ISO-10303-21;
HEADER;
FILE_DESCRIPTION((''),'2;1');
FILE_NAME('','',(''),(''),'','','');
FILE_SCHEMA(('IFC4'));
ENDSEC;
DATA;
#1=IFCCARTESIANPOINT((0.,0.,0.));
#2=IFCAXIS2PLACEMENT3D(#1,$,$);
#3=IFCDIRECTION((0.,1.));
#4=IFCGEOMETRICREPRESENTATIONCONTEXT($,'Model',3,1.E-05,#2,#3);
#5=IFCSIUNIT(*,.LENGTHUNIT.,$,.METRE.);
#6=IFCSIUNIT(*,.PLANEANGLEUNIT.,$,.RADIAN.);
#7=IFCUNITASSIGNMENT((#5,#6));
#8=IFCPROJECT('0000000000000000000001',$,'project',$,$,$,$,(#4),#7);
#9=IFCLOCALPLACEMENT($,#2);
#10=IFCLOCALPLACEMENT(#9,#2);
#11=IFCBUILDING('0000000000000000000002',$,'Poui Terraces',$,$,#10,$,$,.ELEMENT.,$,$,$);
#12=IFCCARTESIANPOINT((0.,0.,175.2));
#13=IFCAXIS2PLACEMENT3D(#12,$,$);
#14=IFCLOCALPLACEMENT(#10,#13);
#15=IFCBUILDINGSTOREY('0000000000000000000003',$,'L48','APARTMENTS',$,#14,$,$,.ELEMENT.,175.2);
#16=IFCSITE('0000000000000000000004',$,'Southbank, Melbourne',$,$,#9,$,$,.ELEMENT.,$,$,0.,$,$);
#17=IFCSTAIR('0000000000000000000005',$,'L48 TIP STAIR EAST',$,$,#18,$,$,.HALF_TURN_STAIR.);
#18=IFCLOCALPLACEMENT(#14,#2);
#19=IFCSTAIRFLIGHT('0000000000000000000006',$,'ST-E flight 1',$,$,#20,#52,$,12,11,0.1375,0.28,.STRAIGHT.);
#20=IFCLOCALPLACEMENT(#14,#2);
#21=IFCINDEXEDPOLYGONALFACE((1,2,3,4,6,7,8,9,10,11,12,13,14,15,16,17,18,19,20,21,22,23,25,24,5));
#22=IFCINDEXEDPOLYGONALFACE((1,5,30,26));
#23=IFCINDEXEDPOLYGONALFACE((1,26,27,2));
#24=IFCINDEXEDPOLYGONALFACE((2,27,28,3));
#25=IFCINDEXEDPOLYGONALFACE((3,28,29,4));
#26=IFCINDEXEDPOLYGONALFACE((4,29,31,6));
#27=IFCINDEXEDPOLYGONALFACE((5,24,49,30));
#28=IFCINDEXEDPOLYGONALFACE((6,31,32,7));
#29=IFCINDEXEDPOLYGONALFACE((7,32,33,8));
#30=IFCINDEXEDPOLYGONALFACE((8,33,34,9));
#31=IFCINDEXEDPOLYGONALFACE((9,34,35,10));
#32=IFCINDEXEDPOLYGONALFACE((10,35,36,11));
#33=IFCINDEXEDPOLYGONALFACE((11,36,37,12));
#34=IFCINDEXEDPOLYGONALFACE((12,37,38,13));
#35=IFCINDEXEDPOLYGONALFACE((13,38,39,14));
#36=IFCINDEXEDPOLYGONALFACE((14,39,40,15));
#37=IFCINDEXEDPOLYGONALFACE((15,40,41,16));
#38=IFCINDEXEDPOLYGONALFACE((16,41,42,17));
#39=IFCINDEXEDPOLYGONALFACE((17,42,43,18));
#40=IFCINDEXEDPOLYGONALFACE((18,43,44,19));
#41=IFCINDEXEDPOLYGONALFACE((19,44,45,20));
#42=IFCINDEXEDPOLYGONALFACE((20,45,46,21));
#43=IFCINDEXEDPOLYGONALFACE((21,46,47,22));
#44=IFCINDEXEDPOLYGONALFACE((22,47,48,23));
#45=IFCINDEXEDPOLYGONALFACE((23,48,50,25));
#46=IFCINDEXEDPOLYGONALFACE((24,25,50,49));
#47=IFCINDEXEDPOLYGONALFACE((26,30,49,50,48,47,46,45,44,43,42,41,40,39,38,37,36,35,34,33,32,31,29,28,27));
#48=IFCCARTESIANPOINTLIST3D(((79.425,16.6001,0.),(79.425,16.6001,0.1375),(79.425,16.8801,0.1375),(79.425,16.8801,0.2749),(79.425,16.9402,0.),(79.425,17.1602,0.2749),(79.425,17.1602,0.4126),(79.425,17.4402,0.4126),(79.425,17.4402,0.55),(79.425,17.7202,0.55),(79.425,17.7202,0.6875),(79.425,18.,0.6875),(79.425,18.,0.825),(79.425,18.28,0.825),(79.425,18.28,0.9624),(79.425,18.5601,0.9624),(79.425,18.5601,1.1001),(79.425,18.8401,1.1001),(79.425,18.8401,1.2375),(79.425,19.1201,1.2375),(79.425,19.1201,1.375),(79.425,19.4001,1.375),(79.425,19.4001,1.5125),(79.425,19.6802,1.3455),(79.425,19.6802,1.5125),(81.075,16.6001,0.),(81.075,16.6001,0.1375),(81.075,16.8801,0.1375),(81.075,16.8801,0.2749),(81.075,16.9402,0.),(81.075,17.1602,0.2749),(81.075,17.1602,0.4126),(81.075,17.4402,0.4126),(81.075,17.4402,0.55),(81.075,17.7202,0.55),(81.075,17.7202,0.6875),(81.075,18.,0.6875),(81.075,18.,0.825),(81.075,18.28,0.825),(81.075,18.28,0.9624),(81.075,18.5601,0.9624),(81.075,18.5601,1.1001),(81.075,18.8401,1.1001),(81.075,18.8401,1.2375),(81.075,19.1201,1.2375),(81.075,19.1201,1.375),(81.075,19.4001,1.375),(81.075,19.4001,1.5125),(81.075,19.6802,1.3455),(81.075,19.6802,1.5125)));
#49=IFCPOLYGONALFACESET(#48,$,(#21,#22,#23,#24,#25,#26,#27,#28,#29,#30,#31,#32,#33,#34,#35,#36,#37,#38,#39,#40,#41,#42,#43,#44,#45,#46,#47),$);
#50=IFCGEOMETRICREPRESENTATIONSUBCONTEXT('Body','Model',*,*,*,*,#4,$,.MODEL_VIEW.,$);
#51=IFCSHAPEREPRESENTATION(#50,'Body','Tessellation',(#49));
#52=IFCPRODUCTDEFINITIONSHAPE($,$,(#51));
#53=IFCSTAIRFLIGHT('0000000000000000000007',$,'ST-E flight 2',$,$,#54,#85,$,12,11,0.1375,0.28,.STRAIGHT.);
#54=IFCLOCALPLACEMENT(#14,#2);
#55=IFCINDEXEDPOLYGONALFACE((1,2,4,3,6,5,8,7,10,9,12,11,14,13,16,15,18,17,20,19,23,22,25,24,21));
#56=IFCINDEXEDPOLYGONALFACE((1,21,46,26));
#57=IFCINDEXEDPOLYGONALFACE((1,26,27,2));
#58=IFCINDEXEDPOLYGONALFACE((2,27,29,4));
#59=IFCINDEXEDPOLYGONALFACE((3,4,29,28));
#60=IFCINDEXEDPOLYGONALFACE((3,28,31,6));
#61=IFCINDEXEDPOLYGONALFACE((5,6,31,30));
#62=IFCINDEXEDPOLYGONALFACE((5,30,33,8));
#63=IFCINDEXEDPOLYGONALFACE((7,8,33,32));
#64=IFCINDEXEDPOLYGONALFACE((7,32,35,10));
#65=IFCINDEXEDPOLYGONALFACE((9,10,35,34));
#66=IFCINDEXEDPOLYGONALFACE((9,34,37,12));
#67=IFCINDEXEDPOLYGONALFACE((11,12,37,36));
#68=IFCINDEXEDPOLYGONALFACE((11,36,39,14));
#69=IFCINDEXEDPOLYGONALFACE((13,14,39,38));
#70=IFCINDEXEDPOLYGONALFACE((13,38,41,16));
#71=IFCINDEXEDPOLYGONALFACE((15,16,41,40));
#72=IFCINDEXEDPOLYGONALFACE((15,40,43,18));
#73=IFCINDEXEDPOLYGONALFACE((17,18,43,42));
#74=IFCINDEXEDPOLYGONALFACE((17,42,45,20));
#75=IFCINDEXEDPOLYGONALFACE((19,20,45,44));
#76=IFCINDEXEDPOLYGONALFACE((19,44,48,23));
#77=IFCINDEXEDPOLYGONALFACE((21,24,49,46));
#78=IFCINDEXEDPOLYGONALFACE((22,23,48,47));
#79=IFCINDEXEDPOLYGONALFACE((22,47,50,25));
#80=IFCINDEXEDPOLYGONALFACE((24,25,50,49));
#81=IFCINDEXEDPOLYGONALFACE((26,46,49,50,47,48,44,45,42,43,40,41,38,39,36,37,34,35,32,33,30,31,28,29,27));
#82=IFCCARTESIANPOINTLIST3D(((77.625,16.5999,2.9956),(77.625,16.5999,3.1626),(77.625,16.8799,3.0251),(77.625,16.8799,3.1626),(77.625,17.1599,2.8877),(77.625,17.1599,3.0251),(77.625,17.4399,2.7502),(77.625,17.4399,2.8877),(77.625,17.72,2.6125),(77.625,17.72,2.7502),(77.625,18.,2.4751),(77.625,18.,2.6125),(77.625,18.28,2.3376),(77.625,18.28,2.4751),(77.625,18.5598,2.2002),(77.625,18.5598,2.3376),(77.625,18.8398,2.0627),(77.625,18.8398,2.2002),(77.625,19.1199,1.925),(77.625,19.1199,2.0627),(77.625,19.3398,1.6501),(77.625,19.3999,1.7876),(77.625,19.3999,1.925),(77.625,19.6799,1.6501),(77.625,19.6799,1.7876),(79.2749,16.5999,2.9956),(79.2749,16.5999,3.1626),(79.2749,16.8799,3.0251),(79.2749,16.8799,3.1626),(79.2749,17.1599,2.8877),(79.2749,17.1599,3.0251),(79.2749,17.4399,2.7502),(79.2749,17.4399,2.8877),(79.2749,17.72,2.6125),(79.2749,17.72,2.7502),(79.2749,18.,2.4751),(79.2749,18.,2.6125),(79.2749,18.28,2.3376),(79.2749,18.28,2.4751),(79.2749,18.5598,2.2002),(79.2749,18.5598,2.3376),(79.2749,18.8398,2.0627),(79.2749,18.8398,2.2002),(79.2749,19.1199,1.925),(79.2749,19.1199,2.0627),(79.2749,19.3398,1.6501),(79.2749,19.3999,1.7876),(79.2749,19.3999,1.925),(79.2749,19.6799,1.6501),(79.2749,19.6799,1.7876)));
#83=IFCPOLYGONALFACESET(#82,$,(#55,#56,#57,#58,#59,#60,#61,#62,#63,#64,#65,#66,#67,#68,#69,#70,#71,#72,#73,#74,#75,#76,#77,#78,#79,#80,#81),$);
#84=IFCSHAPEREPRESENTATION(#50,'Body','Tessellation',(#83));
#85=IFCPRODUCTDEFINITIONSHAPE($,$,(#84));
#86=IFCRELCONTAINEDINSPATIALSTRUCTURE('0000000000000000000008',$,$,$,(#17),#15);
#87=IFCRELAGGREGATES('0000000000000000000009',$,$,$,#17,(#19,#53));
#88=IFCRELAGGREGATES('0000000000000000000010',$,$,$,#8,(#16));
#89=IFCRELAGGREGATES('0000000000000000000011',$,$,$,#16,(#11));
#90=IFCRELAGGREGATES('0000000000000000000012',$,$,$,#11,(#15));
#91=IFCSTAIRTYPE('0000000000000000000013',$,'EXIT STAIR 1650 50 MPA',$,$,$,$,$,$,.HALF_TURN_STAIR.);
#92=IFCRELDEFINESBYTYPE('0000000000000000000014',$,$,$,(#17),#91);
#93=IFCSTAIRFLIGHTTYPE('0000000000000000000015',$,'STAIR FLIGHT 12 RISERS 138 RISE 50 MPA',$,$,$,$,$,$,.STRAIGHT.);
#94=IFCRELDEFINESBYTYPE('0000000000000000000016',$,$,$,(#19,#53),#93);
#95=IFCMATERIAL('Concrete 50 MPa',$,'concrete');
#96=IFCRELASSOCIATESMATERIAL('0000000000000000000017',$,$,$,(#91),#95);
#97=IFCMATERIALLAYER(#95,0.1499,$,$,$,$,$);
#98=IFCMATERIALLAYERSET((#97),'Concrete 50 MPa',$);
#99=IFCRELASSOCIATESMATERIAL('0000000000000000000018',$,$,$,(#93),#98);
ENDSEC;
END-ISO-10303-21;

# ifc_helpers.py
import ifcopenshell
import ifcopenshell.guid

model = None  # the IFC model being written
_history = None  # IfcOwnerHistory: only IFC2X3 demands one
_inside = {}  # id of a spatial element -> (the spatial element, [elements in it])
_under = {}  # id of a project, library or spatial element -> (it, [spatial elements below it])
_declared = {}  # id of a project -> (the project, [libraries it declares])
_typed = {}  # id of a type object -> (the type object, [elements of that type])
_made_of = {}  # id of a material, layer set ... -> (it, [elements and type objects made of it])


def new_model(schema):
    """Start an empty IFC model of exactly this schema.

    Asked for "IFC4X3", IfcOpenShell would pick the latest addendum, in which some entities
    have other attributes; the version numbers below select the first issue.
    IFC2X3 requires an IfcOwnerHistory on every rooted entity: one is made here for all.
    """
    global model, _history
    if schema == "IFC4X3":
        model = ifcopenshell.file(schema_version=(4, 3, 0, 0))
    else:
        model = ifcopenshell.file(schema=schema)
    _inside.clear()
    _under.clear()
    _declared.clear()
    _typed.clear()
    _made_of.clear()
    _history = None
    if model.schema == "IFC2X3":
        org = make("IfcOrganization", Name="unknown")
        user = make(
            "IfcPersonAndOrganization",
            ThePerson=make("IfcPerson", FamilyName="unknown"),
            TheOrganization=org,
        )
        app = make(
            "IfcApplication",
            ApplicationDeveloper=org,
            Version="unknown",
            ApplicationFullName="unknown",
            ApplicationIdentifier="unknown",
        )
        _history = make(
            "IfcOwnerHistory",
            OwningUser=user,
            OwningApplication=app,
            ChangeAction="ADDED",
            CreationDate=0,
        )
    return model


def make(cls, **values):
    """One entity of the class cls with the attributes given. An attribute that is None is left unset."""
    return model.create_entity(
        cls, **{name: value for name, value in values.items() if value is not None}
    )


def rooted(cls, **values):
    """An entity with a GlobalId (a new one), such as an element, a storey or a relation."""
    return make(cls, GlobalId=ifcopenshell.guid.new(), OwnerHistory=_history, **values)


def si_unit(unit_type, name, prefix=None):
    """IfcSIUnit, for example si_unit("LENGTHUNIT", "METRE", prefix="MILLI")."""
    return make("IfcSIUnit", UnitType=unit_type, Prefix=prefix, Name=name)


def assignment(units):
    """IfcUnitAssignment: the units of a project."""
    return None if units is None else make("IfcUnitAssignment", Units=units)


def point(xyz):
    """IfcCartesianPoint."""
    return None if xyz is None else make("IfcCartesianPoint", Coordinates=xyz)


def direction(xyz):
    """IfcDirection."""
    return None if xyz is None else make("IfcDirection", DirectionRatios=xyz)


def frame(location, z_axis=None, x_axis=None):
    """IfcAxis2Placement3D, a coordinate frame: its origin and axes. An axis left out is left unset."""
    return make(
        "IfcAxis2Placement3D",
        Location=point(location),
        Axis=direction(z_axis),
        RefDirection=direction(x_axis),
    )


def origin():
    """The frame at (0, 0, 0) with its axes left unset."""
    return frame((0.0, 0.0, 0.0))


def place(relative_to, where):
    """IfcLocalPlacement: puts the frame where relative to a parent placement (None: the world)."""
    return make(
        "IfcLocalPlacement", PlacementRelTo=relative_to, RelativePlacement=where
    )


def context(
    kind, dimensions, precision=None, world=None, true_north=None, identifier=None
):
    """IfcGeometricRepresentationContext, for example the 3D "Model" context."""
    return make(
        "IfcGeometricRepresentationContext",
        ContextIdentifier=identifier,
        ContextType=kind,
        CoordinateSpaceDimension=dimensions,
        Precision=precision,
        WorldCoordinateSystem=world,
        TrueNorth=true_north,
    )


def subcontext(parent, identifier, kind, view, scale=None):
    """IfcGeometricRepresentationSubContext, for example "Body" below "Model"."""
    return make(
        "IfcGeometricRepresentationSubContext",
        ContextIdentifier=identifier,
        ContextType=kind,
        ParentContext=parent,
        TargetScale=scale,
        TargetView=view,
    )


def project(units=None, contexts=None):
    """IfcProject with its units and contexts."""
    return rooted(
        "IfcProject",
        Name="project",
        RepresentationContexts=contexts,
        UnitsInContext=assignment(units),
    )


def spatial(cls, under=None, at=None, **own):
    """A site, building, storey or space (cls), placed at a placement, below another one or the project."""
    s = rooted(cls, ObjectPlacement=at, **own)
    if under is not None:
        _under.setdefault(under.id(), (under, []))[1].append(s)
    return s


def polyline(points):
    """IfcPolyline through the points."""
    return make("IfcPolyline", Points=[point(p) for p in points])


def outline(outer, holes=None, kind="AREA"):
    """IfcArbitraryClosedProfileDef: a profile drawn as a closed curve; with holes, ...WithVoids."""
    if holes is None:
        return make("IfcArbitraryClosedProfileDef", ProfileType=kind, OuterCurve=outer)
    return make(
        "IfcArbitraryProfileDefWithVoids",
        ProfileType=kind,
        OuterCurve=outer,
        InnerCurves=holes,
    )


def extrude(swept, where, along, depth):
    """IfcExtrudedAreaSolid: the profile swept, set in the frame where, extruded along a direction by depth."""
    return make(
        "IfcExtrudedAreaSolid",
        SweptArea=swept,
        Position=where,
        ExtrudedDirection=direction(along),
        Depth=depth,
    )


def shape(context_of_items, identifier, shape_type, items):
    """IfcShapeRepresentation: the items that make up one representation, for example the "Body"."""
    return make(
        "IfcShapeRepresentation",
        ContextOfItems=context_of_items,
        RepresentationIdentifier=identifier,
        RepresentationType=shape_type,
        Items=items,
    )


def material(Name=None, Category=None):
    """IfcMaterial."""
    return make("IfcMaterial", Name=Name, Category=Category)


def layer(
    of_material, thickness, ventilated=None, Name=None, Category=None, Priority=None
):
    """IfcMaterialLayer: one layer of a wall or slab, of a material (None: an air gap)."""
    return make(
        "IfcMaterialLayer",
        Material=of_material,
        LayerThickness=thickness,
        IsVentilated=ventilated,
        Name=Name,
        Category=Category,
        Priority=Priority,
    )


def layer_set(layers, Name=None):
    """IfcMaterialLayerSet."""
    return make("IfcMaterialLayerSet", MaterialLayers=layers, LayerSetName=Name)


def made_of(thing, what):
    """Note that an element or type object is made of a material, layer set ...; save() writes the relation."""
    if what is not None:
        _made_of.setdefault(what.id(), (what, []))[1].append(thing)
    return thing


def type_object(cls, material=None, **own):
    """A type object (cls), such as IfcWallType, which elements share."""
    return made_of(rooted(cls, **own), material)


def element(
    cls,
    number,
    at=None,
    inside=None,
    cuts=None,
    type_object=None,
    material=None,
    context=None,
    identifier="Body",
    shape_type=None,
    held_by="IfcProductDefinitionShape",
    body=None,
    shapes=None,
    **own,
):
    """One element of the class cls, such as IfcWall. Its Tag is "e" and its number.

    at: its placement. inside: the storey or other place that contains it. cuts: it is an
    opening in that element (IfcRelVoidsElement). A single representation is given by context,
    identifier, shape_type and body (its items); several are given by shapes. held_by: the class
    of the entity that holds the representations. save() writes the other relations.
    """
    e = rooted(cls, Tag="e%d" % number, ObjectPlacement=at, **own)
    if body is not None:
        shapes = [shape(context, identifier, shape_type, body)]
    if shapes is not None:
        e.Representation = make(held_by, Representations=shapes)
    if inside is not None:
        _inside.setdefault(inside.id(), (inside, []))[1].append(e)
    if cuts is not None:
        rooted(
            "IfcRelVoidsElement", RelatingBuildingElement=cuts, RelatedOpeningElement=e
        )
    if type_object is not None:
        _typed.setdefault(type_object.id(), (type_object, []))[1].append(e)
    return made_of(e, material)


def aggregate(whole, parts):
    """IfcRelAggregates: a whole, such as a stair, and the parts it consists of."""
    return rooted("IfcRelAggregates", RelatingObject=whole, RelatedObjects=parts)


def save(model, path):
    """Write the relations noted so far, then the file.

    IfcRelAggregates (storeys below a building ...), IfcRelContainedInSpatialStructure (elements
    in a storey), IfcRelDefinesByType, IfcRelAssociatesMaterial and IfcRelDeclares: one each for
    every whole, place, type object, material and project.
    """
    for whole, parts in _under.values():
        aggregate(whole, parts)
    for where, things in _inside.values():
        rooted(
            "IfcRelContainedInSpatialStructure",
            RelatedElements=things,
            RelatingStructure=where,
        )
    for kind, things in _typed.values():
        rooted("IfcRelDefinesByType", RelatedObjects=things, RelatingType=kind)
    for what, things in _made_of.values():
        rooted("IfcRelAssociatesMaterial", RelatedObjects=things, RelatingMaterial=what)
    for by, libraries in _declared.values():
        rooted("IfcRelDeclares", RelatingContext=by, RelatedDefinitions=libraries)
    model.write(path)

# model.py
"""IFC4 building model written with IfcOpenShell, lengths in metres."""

from ifc_helpers import new_model, si_unit, direction, frame, origin, place, context, subcontext, project, spatial, polyline, outline, extrude, material, layer, layer_set, type_object, element, aggregate, save


model = new_model("IFC4")

# Units and contexts
model_context = context("Model", 3, precision=1e-05, world=origin(), true_north=direction((0.0, 1.0)))
body_context = subcontext(model_context, "Body", "Model", "MODEL_VIEW")
ifc_project = project(units=[si_unit("LENGTHUNIT", "METRE"), si_unit("PLANEANGLEUNIT", "RADIAN")], contexts=[model_context])

# Site, building, storey
site_placement = place(None, origin())
site = spatial("IfcSite", under=ifc_project, at=site_placement, Name="Southbank, Melbourne", CompositionType="ELEMENT", RefElevation=0.0)
building_placement = place(site_placement, origin())
building = spatial("IfcBuilding", under=site, at=building_placement, Name="Poui Terraces", CompositionType="ELEMENT")
storey_placement = place(building_placement, frame((0.0, 0.0, 175.2)))
storey = spatial("IfcBuildingStorey", under=building, at=storey_placement, Name="L48", Description="APARTMENTS", CompositionType="ELEMENT", Elevation=175.2)

# Shared definitions
ifc_material_1 = material(Name="Concrete 50 MPa", Category="concrete")

# Stair, stair flights
stair_type = type_object("IfcStairType", Name="EXIT STAIR 1650 50 MPA", PredefinedType="HALF_TURN_STAIR", material=ifc_material_1)
ifc_layer_1 = layer(ifc_material_1, 0.1499)
ifc_layer_set_1 = layer_set([ifc_layer_1], Name="Concrete 50 MPa")
stair_flight_type = type_object("IfcStairFlightType", Name="STAIR FLIGHT 12 RISERS 138 RISE 50 MPA", PredefinedType="STRAIGHT", material=ifc_layer_set_1)
stair_1_placement = place(storey_placement, origin())
stair_1 = element("IfcStair", 1, at=stair_1_placement, inside=storey, type_object=stair_type, Name="L48 TIP STAIR EAST", PredefinedType="HALF_TURN_STAIR")
stair_flight_1_placement = place(storey_placement, frame((80.25, 16.6001, 0.0), z_axis=(0.0, 0.0, 1.0), x_axis=(0.0, 1.0, 0.0)))
stair_flight_1 = element("IfcStairFlight", 2, at=stair_flight_1_placement, type_object=stair_flight_type, Name="ST-E flight 1", NumberOfRisers=12, NumberOfTreads=11, PredefinedType="STRAIGHT", RiserHeight=0.1375, TreadLength=0.28, context=body_context, shape_type="SweptSolid", body=[
    extrude(outline(polyline([(0.0, 0.0), (0.0, 0.1375), (0.28, 0.1375), (0.28, 0.2749), (0.5601, 0.2749), (0.5601, 0.4126), (0.8401, 0.4126), (0.8401, 0.55), (1.1201, 0.55), (1.1201, 0.6875), (1.3999, 0.6875), (1.3999, 0.825), (1.6799, 0.825), (1.6799, 0.9624), (1.96, 0.9624), (1.96, 1.1001), (2.24, 1.1001), (2.24, 1.2375), (2.52, 1.2375), (2.52, 1.375), (2.8, 1.375), (2.8, 1.5125), (3.0801, 1.5125), (3.0801, 1.6499), (3.0801, 1.3455), (0.3401, 0.0), (0.0, 0.0)])), frame((0.0, 0.825, 0.0), z_axis=(0.0, -1.0, 0.0), x_axis=(1.0, 0.0, 0.0)), (0.0, 0.0, 1.0), 1.6499),
])
stair_flight_2_placement = place(storey_placement, frame((78.45, 19.6799, 1.6501), z_axis=(0.0, 0.0, 1.0), x_axis=(0.0, -1.0, 0.0)))
stair_flight_2 = element("IfcStairFlight", 3, at=stair_flight_2_placement, type_object=stair_flight_type, Name="ST-E flight 2", NumberOfRisers=12, NumberOfTreads=11, PredefinedType="STRAIGHT", RiserHeight=0.1375, TreadLength=0.28, context=body_context, shape_type="SweptSolid", body=[
    extrude(outline(polyline([(0.0, 0.0), (0.0, 0.1375), (0.28, 0.1375), (0.28, 0.2749), (0.5601, 0.2749), (0.5601, 0.4126), (0.8401, 0.4126), (0.8401, 0.55), (1.1201, 0.55), (1.1201, 0.6875), (1.3999, 0.6875), (1.3999, 0.825), (1.6799, 0.825), (1.6799, 0.9624), (1.96, 0.9624), (1.96, 1.1001), (2.24, 1.1001), (2.24, 1.2375), (2.52, 1.2375), (2.52, 1.375), (2.8, 1.375), (2.8, 1.5125), (3.0801, 1.5125), (3.0801, 1.6499), (3.0801, 1.3455), (0.3401, 0.0), (0.0, 0.0)])), frame((0.0, 0.825, 0.0), z_axis=(0.0, -1.0, 0.0), x_axis=(1.0, 0.0, 0.0)), (0.0, 0.0, 1.0), 1.6499),
])
aggregate(stair_1, [stair_flight_1, stair_flight_2])

save(model, "model.ifc")
